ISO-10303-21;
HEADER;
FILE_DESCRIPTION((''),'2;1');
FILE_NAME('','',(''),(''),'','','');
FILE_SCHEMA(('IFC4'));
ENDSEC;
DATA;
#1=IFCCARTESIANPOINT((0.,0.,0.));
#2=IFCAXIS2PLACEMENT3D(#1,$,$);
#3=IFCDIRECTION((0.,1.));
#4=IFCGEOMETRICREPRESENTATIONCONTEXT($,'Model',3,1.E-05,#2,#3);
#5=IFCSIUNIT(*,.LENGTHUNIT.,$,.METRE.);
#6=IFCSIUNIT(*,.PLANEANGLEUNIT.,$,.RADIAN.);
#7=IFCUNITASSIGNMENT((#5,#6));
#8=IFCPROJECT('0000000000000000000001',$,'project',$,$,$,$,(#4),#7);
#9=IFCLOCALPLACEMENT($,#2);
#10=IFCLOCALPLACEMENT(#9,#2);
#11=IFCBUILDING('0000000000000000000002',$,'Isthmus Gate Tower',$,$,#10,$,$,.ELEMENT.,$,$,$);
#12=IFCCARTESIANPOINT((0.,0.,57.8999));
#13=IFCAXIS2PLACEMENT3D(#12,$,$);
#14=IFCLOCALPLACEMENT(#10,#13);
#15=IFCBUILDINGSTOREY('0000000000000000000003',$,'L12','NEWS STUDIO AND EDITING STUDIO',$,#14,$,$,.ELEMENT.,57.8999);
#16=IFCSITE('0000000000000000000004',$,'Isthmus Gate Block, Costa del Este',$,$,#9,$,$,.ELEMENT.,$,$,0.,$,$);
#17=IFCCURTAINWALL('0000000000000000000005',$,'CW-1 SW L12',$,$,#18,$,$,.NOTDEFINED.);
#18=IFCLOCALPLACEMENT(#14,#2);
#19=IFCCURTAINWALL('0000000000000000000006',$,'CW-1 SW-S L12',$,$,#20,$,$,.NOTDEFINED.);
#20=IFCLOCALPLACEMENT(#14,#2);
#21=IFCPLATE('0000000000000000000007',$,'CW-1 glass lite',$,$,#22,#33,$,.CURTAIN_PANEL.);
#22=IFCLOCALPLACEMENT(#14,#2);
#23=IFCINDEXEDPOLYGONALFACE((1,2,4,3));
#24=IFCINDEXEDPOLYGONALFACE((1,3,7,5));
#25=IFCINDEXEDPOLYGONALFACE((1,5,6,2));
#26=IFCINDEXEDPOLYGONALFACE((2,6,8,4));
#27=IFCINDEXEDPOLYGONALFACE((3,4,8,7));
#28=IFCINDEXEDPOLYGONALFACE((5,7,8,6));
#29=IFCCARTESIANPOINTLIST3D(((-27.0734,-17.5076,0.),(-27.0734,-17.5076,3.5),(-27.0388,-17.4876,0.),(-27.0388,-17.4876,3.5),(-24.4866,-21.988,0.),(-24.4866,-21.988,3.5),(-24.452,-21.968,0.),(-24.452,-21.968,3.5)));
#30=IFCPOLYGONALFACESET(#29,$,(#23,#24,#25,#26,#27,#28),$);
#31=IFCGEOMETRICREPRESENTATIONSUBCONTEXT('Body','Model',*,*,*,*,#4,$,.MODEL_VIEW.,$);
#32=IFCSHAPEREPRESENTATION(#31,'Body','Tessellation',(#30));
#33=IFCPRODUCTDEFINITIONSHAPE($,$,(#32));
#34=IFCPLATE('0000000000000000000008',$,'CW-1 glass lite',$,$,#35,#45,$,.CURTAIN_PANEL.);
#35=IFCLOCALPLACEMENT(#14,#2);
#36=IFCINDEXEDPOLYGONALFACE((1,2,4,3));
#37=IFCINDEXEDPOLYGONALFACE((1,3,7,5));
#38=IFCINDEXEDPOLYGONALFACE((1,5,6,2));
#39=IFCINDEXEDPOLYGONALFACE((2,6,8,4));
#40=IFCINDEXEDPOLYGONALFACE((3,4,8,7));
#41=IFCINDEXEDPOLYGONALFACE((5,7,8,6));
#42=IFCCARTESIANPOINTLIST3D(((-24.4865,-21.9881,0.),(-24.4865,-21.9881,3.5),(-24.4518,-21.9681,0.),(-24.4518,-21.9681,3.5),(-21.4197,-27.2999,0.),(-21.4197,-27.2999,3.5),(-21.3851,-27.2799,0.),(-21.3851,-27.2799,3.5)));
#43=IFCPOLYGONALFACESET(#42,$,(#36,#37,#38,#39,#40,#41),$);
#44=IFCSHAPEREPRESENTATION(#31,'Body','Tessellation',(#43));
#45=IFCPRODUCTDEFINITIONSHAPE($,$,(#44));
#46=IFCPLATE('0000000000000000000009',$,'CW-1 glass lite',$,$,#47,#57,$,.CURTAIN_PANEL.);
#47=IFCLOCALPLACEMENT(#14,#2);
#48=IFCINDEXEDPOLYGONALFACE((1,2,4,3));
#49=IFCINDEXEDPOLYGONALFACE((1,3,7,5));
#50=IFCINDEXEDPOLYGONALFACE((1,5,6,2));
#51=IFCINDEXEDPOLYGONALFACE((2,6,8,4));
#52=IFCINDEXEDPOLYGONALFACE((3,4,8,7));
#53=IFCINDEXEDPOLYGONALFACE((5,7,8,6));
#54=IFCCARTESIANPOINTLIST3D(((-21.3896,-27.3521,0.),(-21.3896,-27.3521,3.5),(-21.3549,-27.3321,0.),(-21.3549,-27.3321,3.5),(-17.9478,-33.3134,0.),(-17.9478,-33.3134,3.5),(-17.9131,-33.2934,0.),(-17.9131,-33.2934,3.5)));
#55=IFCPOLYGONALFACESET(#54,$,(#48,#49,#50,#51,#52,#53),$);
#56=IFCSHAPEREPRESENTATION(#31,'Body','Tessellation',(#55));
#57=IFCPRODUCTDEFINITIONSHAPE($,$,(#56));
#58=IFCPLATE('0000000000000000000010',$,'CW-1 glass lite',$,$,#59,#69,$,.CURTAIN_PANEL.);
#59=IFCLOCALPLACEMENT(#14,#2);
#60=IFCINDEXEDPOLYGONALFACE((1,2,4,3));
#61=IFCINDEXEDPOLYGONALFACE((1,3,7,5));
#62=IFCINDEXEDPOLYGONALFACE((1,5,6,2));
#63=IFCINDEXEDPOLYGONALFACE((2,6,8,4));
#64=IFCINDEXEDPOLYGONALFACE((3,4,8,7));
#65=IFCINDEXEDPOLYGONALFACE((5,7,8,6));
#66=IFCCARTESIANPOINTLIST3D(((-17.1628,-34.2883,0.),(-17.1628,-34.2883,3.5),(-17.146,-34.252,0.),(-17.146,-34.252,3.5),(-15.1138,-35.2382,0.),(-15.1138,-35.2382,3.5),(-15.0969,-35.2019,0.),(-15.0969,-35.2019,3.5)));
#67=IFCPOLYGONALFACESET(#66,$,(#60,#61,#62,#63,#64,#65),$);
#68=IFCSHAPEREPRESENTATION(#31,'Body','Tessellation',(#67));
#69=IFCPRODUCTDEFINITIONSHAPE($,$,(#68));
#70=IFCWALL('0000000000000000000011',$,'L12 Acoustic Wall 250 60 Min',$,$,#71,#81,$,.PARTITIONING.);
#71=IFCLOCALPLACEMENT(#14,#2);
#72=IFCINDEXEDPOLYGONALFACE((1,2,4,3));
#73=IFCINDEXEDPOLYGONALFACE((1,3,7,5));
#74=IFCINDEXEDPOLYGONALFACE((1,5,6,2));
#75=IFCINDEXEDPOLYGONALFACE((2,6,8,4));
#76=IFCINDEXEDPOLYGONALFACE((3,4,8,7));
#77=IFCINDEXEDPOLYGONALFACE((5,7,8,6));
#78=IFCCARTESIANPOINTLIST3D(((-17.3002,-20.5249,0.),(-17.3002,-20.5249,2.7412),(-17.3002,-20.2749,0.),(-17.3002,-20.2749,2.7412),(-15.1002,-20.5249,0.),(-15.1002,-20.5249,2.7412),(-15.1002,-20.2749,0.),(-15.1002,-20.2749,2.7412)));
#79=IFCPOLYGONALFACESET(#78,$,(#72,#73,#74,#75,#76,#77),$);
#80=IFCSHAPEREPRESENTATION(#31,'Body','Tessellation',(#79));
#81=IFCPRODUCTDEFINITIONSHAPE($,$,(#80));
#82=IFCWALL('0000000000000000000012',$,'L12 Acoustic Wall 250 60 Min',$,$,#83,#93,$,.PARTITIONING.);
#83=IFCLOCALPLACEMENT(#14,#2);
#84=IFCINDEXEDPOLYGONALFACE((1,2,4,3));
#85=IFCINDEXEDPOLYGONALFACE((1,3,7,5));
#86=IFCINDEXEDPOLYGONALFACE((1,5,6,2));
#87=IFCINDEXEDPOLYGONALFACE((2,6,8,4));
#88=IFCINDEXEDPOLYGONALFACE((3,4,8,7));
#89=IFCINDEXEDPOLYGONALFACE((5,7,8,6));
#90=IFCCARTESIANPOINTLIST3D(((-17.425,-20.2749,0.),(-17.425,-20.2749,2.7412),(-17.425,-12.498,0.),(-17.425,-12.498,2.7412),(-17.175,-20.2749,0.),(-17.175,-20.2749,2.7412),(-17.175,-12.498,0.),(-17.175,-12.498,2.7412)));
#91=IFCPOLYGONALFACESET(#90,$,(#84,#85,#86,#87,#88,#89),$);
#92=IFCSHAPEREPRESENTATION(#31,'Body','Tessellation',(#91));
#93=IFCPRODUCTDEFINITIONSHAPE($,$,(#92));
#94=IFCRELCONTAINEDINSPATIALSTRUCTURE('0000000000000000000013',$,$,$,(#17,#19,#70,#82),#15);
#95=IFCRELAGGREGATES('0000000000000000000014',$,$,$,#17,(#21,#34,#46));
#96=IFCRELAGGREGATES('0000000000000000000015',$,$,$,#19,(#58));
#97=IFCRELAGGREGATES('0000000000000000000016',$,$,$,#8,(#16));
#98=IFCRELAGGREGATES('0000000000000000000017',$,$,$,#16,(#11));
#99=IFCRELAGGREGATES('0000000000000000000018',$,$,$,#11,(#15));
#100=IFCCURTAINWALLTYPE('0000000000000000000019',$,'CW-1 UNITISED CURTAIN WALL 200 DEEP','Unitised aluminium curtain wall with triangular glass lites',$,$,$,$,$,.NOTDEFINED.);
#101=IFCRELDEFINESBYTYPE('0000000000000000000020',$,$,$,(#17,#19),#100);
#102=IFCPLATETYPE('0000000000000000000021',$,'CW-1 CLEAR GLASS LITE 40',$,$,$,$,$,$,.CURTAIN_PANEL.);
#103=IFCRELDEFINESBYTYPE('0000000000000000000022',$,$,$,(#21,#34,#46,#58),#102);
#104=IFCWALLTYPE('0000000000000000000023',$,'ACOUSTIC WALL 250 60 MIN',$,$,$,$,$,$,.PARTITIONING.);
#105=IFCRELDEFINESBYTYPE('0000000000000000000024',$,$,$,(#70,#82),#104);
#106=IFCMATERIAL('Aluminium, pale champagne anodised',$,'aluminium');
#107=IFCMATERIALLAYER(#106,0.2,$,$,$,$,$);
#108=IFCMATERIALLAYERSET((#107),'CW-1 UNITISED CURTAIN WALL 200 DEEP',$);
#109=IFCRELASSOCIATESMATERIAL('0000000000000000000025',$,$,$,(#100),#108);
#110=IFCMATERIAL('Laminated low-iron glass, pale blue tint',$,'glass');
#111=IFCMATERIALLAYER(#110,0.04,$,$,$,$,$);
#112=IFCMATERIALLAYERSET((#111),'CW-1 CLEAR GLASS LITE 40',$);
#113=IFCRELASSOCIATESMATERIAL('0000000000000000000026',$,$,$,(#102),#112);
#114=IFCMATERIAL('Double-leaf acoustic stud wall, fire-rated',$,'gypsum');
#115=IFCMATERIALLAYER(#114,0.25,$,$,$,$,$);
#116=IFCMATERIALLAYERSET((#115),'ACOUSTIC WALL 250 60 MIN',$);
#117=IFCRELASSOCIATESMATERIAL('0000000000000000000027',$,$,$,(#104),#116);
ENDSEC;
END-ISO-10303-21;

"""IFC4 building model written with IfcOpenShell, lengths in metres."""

from ifc_helpers import new_model, si_unit, direction, frame, frame_2d, origin, origin_2d, place, context, subcontext, project, spatial, rectangle, extrude, material, layer, layer_set, type_object, element, aggregate, save


model = new_model("IFC4")

# Units and contexts
model_context = context("Model", 3, precision=1e-05, world=origin(), true_north=direction((0.0, 1.0)))
body_context = subcontext(model_context, "Body", "Model", "MODEL_VIEW")
ifc_project = project(units=[si_unit("LENGTHUNIT", "METRE"), si_unit("PLANEANGLEUNIT", "RADIAN")], contexts=[model_context])

# Site, building, storey
site_placement = place(None, origin())
site = spatial("IfcSite", under=ifc_project, at=site_placement, Name="Isthmus Gate Block, Costa del Este", CompositionType="ELEMENT", RefElevation=0.0)
building_placement = place(site_placement, origin())
building = spatial("IfcBuilding", under=site, at=building_placement, Name="Isthmus Gate Tower", CompositionType="ELEMENT")
storey_placement = place(building_placement, frame((0.0, 0.0, 57.8999)))
storey = spatial("IfcBuildingStorey", under=building, at=storey_placement, Name="L12", Description="NEWS STUDIO AND EDITING STUDIO", CompositionType="ELEMENT", Elevation=57.8999)

# Curtain wall
ifc_material_1 = material(Name="Aluminium, pale champagne anodised", Category="aluminium")
ifc_layer_1 = layer(ifc_material_1, 0.2)
ifc_layer_set_1 = layer_set([ifc_layer_1], Name="CW-1 UNITISED CURTAIN WALL 200 DEEP")
curtain_wall_type = type_object("IfcCurtainWallType", Name="CW-1 UNITISED CURTAIN WALL 200 DEEP", Description="Unitised aluminium curtain wall with triangular glass lites", PredefinedType="NOTDEFINED", material=ifc_layer_set_1)
curtain_wall_1_placement = place(storey_placement, origin())
curtain_wall_1 = element("IfcCurtainWall", 1, at=curtain_wall_1_placement, inside=storey, type_object=curtain_wall_type, Name="CW-1 SW L12", PredefinedType="NOTDEFINED")

# Curtain wall
curtain_wall_2_placement = place(storey_placement, origin())
curtain_wall_2 = element("IfcCurtainWall", 2, at=curtain_wall_2_placement, inside=storey, type_object=curtain_wall_type, Name="CW-1 SW-S L12", PredefinedType="NOTDEFINED")

# Plates
ifc_material_2 = material(Name="Laminated low-iron glass, pale blue tint", Category="glass")
ifc_layer_2 = layer(ifc_material_2, 0.04)
ifc_layer_set_2 = layer_set([ifc_layer_2], Name="CW-1 CLEAR GLASS LITE 40")
plate_type = type_object("IfcPlateType", Name="CW-1 CLEAR GLASS LITE 40", PredefinedType="CURTAIN_PANEL", material=ifc_layer_set_2)
plate_1_placement = place(storey_placement, frame((-25.7627, -19.7378, 0.0), z_axis=(0.0, 0.0, 1.0), x_axis=(0.5, -0.866025, 0.0)))
plate_1 = element("IfcPlate", 3, at=plate_1_placement, type_object=plate_type, Name="CW-1 glass lite", PredefinedType="CURTAIN_PANEL", context=body_context, shape_type="SweptSolid", body=[
    extrude(rectangle(XDim=5.1736, YDim=0.04, at=origin_2d()), origin(), (0.0, 0.0, 1.0), 3.5),
])
plate_2_placement = place(storey_placement, frame((-22.9358, -24.634, 0.0), z_axis=(0.0, 0.0, 1.0), x_axis=(0.5, -0.866025, 0.0)))
plate_2 = element("IfcPlate", 4, at=plate_2_placement, type_object=plate_type, Name="CW-1 glass lite", PredefinedType="CURTAIN_PANEL", context=body_context, shape_type="SweptSolid", body=[
    extrude(rectangle(XDim=6.1335, YDim=0.04, at=origin_2d()), origin(), (0.0, 0.0, 1.0), 3.5),
])
plate_3_placement = place(storey_placement, frame((-19.6514, -30.3228, 0.0), z_axis=(0.0, 0.0, 1.0), x_axis=(0.5, -0.866025, 0.0)))
plate_3 = element("IfcPlate", 5, at=plate_3_placement, type_object=plate_type, Name="CW-1 glass lite", PredefinedType="CURTAIN_PANEL", context=body_context, shape_type="SweptSolid", body=[
    extrude(rectangle(XDim=6.8835, YDim=0.04, at=origin_2d()), origin(), (0.0, 0.0, 1.0), 3.5),
])
aggregate(curtain_wall_1, [plate_1, plate_2, plate_3])
plate_4_placement = place(storey_placement, frame((-16.1299, -34.7451, 0.0), z_axis=(0.0, 0.0, 1.0), x_axis=(0.907256, -0.420578, 0.0)))
plate_4 = element("IfcPlate", 6, at=plate_4_placement, type_object=plate_type, Name="CW-1 glass lite", PredefinedType="CURTAIN_PANEL", context=body_context, shape_type="SweptSolid", body=[
    extrude(rectangle(XDim=2.2585, YDim=0.04, at=origin_2d()), origin(), (0.0, 0.0, 1.0), 3.5),
])
aggregate(curtain_wall_2, [plate_4])

# Walls
ifc_material_3 = material(Name="Double-leaf acoustic stud wall, fire-rated", Category="gypsum")
ifc_layer_3 = layer(ifc_material_3, 0.25)
ifc_layer_set_3 = layer_set([ifc_layer_3], Name="ACOUSTIC WALL 250 60 MIN")
wall_type = type_object("IfcWallType", Name="ACOUSTIC WALL 250 60 MIN", PredefinedType="PARTITIONING", material=ifc_layer_set_3)
wall_1_placement = place(storey_placement, frame((-15.1001, -20.3999, 0.0), z_axis=(0.0, 0.0, 1.0), x_axis=(-1.0, 0.0, 0.0)))
element("IfcWall", 7, at=wall_1_placement, inside=storey, type_object=wall_type, Name="L12 Acoustic Wall 250 60 Min", PredefinedType="PARTITIONING", context=body_context, shape_type="SweptSolid", body=[
    extrude(rectangle(XDim=2.2, YDim=0.25, at=frame_2d((1.1001, 0.0))), origin(), (0.0, 0.0, 1.0), 2.7412),
])
wall_2_placement = place(storey_placement, frame((-17.3, -20.2749, 0.0), z_axis=(0.0, 0.0, 1.0), x_axis=(0.0, 1.0, 0.0)))
element("IfcWall", 8, at=wall_2_placement, inside=storey, type_object=wall_type, Name="L12 Acoustic Wall 250 60 Min", PredefinedType="PARTITIONING", context=body_context, shape_type="SweptSolid", body=[
    extrude(rectangle(XDim=7.7769, YDim=0.25, at=frame_2d((3.8884, 0.0))), origin(), (0.0, 0.0, 1.0), 2.7412),
])

save(model, "model.ifc")
